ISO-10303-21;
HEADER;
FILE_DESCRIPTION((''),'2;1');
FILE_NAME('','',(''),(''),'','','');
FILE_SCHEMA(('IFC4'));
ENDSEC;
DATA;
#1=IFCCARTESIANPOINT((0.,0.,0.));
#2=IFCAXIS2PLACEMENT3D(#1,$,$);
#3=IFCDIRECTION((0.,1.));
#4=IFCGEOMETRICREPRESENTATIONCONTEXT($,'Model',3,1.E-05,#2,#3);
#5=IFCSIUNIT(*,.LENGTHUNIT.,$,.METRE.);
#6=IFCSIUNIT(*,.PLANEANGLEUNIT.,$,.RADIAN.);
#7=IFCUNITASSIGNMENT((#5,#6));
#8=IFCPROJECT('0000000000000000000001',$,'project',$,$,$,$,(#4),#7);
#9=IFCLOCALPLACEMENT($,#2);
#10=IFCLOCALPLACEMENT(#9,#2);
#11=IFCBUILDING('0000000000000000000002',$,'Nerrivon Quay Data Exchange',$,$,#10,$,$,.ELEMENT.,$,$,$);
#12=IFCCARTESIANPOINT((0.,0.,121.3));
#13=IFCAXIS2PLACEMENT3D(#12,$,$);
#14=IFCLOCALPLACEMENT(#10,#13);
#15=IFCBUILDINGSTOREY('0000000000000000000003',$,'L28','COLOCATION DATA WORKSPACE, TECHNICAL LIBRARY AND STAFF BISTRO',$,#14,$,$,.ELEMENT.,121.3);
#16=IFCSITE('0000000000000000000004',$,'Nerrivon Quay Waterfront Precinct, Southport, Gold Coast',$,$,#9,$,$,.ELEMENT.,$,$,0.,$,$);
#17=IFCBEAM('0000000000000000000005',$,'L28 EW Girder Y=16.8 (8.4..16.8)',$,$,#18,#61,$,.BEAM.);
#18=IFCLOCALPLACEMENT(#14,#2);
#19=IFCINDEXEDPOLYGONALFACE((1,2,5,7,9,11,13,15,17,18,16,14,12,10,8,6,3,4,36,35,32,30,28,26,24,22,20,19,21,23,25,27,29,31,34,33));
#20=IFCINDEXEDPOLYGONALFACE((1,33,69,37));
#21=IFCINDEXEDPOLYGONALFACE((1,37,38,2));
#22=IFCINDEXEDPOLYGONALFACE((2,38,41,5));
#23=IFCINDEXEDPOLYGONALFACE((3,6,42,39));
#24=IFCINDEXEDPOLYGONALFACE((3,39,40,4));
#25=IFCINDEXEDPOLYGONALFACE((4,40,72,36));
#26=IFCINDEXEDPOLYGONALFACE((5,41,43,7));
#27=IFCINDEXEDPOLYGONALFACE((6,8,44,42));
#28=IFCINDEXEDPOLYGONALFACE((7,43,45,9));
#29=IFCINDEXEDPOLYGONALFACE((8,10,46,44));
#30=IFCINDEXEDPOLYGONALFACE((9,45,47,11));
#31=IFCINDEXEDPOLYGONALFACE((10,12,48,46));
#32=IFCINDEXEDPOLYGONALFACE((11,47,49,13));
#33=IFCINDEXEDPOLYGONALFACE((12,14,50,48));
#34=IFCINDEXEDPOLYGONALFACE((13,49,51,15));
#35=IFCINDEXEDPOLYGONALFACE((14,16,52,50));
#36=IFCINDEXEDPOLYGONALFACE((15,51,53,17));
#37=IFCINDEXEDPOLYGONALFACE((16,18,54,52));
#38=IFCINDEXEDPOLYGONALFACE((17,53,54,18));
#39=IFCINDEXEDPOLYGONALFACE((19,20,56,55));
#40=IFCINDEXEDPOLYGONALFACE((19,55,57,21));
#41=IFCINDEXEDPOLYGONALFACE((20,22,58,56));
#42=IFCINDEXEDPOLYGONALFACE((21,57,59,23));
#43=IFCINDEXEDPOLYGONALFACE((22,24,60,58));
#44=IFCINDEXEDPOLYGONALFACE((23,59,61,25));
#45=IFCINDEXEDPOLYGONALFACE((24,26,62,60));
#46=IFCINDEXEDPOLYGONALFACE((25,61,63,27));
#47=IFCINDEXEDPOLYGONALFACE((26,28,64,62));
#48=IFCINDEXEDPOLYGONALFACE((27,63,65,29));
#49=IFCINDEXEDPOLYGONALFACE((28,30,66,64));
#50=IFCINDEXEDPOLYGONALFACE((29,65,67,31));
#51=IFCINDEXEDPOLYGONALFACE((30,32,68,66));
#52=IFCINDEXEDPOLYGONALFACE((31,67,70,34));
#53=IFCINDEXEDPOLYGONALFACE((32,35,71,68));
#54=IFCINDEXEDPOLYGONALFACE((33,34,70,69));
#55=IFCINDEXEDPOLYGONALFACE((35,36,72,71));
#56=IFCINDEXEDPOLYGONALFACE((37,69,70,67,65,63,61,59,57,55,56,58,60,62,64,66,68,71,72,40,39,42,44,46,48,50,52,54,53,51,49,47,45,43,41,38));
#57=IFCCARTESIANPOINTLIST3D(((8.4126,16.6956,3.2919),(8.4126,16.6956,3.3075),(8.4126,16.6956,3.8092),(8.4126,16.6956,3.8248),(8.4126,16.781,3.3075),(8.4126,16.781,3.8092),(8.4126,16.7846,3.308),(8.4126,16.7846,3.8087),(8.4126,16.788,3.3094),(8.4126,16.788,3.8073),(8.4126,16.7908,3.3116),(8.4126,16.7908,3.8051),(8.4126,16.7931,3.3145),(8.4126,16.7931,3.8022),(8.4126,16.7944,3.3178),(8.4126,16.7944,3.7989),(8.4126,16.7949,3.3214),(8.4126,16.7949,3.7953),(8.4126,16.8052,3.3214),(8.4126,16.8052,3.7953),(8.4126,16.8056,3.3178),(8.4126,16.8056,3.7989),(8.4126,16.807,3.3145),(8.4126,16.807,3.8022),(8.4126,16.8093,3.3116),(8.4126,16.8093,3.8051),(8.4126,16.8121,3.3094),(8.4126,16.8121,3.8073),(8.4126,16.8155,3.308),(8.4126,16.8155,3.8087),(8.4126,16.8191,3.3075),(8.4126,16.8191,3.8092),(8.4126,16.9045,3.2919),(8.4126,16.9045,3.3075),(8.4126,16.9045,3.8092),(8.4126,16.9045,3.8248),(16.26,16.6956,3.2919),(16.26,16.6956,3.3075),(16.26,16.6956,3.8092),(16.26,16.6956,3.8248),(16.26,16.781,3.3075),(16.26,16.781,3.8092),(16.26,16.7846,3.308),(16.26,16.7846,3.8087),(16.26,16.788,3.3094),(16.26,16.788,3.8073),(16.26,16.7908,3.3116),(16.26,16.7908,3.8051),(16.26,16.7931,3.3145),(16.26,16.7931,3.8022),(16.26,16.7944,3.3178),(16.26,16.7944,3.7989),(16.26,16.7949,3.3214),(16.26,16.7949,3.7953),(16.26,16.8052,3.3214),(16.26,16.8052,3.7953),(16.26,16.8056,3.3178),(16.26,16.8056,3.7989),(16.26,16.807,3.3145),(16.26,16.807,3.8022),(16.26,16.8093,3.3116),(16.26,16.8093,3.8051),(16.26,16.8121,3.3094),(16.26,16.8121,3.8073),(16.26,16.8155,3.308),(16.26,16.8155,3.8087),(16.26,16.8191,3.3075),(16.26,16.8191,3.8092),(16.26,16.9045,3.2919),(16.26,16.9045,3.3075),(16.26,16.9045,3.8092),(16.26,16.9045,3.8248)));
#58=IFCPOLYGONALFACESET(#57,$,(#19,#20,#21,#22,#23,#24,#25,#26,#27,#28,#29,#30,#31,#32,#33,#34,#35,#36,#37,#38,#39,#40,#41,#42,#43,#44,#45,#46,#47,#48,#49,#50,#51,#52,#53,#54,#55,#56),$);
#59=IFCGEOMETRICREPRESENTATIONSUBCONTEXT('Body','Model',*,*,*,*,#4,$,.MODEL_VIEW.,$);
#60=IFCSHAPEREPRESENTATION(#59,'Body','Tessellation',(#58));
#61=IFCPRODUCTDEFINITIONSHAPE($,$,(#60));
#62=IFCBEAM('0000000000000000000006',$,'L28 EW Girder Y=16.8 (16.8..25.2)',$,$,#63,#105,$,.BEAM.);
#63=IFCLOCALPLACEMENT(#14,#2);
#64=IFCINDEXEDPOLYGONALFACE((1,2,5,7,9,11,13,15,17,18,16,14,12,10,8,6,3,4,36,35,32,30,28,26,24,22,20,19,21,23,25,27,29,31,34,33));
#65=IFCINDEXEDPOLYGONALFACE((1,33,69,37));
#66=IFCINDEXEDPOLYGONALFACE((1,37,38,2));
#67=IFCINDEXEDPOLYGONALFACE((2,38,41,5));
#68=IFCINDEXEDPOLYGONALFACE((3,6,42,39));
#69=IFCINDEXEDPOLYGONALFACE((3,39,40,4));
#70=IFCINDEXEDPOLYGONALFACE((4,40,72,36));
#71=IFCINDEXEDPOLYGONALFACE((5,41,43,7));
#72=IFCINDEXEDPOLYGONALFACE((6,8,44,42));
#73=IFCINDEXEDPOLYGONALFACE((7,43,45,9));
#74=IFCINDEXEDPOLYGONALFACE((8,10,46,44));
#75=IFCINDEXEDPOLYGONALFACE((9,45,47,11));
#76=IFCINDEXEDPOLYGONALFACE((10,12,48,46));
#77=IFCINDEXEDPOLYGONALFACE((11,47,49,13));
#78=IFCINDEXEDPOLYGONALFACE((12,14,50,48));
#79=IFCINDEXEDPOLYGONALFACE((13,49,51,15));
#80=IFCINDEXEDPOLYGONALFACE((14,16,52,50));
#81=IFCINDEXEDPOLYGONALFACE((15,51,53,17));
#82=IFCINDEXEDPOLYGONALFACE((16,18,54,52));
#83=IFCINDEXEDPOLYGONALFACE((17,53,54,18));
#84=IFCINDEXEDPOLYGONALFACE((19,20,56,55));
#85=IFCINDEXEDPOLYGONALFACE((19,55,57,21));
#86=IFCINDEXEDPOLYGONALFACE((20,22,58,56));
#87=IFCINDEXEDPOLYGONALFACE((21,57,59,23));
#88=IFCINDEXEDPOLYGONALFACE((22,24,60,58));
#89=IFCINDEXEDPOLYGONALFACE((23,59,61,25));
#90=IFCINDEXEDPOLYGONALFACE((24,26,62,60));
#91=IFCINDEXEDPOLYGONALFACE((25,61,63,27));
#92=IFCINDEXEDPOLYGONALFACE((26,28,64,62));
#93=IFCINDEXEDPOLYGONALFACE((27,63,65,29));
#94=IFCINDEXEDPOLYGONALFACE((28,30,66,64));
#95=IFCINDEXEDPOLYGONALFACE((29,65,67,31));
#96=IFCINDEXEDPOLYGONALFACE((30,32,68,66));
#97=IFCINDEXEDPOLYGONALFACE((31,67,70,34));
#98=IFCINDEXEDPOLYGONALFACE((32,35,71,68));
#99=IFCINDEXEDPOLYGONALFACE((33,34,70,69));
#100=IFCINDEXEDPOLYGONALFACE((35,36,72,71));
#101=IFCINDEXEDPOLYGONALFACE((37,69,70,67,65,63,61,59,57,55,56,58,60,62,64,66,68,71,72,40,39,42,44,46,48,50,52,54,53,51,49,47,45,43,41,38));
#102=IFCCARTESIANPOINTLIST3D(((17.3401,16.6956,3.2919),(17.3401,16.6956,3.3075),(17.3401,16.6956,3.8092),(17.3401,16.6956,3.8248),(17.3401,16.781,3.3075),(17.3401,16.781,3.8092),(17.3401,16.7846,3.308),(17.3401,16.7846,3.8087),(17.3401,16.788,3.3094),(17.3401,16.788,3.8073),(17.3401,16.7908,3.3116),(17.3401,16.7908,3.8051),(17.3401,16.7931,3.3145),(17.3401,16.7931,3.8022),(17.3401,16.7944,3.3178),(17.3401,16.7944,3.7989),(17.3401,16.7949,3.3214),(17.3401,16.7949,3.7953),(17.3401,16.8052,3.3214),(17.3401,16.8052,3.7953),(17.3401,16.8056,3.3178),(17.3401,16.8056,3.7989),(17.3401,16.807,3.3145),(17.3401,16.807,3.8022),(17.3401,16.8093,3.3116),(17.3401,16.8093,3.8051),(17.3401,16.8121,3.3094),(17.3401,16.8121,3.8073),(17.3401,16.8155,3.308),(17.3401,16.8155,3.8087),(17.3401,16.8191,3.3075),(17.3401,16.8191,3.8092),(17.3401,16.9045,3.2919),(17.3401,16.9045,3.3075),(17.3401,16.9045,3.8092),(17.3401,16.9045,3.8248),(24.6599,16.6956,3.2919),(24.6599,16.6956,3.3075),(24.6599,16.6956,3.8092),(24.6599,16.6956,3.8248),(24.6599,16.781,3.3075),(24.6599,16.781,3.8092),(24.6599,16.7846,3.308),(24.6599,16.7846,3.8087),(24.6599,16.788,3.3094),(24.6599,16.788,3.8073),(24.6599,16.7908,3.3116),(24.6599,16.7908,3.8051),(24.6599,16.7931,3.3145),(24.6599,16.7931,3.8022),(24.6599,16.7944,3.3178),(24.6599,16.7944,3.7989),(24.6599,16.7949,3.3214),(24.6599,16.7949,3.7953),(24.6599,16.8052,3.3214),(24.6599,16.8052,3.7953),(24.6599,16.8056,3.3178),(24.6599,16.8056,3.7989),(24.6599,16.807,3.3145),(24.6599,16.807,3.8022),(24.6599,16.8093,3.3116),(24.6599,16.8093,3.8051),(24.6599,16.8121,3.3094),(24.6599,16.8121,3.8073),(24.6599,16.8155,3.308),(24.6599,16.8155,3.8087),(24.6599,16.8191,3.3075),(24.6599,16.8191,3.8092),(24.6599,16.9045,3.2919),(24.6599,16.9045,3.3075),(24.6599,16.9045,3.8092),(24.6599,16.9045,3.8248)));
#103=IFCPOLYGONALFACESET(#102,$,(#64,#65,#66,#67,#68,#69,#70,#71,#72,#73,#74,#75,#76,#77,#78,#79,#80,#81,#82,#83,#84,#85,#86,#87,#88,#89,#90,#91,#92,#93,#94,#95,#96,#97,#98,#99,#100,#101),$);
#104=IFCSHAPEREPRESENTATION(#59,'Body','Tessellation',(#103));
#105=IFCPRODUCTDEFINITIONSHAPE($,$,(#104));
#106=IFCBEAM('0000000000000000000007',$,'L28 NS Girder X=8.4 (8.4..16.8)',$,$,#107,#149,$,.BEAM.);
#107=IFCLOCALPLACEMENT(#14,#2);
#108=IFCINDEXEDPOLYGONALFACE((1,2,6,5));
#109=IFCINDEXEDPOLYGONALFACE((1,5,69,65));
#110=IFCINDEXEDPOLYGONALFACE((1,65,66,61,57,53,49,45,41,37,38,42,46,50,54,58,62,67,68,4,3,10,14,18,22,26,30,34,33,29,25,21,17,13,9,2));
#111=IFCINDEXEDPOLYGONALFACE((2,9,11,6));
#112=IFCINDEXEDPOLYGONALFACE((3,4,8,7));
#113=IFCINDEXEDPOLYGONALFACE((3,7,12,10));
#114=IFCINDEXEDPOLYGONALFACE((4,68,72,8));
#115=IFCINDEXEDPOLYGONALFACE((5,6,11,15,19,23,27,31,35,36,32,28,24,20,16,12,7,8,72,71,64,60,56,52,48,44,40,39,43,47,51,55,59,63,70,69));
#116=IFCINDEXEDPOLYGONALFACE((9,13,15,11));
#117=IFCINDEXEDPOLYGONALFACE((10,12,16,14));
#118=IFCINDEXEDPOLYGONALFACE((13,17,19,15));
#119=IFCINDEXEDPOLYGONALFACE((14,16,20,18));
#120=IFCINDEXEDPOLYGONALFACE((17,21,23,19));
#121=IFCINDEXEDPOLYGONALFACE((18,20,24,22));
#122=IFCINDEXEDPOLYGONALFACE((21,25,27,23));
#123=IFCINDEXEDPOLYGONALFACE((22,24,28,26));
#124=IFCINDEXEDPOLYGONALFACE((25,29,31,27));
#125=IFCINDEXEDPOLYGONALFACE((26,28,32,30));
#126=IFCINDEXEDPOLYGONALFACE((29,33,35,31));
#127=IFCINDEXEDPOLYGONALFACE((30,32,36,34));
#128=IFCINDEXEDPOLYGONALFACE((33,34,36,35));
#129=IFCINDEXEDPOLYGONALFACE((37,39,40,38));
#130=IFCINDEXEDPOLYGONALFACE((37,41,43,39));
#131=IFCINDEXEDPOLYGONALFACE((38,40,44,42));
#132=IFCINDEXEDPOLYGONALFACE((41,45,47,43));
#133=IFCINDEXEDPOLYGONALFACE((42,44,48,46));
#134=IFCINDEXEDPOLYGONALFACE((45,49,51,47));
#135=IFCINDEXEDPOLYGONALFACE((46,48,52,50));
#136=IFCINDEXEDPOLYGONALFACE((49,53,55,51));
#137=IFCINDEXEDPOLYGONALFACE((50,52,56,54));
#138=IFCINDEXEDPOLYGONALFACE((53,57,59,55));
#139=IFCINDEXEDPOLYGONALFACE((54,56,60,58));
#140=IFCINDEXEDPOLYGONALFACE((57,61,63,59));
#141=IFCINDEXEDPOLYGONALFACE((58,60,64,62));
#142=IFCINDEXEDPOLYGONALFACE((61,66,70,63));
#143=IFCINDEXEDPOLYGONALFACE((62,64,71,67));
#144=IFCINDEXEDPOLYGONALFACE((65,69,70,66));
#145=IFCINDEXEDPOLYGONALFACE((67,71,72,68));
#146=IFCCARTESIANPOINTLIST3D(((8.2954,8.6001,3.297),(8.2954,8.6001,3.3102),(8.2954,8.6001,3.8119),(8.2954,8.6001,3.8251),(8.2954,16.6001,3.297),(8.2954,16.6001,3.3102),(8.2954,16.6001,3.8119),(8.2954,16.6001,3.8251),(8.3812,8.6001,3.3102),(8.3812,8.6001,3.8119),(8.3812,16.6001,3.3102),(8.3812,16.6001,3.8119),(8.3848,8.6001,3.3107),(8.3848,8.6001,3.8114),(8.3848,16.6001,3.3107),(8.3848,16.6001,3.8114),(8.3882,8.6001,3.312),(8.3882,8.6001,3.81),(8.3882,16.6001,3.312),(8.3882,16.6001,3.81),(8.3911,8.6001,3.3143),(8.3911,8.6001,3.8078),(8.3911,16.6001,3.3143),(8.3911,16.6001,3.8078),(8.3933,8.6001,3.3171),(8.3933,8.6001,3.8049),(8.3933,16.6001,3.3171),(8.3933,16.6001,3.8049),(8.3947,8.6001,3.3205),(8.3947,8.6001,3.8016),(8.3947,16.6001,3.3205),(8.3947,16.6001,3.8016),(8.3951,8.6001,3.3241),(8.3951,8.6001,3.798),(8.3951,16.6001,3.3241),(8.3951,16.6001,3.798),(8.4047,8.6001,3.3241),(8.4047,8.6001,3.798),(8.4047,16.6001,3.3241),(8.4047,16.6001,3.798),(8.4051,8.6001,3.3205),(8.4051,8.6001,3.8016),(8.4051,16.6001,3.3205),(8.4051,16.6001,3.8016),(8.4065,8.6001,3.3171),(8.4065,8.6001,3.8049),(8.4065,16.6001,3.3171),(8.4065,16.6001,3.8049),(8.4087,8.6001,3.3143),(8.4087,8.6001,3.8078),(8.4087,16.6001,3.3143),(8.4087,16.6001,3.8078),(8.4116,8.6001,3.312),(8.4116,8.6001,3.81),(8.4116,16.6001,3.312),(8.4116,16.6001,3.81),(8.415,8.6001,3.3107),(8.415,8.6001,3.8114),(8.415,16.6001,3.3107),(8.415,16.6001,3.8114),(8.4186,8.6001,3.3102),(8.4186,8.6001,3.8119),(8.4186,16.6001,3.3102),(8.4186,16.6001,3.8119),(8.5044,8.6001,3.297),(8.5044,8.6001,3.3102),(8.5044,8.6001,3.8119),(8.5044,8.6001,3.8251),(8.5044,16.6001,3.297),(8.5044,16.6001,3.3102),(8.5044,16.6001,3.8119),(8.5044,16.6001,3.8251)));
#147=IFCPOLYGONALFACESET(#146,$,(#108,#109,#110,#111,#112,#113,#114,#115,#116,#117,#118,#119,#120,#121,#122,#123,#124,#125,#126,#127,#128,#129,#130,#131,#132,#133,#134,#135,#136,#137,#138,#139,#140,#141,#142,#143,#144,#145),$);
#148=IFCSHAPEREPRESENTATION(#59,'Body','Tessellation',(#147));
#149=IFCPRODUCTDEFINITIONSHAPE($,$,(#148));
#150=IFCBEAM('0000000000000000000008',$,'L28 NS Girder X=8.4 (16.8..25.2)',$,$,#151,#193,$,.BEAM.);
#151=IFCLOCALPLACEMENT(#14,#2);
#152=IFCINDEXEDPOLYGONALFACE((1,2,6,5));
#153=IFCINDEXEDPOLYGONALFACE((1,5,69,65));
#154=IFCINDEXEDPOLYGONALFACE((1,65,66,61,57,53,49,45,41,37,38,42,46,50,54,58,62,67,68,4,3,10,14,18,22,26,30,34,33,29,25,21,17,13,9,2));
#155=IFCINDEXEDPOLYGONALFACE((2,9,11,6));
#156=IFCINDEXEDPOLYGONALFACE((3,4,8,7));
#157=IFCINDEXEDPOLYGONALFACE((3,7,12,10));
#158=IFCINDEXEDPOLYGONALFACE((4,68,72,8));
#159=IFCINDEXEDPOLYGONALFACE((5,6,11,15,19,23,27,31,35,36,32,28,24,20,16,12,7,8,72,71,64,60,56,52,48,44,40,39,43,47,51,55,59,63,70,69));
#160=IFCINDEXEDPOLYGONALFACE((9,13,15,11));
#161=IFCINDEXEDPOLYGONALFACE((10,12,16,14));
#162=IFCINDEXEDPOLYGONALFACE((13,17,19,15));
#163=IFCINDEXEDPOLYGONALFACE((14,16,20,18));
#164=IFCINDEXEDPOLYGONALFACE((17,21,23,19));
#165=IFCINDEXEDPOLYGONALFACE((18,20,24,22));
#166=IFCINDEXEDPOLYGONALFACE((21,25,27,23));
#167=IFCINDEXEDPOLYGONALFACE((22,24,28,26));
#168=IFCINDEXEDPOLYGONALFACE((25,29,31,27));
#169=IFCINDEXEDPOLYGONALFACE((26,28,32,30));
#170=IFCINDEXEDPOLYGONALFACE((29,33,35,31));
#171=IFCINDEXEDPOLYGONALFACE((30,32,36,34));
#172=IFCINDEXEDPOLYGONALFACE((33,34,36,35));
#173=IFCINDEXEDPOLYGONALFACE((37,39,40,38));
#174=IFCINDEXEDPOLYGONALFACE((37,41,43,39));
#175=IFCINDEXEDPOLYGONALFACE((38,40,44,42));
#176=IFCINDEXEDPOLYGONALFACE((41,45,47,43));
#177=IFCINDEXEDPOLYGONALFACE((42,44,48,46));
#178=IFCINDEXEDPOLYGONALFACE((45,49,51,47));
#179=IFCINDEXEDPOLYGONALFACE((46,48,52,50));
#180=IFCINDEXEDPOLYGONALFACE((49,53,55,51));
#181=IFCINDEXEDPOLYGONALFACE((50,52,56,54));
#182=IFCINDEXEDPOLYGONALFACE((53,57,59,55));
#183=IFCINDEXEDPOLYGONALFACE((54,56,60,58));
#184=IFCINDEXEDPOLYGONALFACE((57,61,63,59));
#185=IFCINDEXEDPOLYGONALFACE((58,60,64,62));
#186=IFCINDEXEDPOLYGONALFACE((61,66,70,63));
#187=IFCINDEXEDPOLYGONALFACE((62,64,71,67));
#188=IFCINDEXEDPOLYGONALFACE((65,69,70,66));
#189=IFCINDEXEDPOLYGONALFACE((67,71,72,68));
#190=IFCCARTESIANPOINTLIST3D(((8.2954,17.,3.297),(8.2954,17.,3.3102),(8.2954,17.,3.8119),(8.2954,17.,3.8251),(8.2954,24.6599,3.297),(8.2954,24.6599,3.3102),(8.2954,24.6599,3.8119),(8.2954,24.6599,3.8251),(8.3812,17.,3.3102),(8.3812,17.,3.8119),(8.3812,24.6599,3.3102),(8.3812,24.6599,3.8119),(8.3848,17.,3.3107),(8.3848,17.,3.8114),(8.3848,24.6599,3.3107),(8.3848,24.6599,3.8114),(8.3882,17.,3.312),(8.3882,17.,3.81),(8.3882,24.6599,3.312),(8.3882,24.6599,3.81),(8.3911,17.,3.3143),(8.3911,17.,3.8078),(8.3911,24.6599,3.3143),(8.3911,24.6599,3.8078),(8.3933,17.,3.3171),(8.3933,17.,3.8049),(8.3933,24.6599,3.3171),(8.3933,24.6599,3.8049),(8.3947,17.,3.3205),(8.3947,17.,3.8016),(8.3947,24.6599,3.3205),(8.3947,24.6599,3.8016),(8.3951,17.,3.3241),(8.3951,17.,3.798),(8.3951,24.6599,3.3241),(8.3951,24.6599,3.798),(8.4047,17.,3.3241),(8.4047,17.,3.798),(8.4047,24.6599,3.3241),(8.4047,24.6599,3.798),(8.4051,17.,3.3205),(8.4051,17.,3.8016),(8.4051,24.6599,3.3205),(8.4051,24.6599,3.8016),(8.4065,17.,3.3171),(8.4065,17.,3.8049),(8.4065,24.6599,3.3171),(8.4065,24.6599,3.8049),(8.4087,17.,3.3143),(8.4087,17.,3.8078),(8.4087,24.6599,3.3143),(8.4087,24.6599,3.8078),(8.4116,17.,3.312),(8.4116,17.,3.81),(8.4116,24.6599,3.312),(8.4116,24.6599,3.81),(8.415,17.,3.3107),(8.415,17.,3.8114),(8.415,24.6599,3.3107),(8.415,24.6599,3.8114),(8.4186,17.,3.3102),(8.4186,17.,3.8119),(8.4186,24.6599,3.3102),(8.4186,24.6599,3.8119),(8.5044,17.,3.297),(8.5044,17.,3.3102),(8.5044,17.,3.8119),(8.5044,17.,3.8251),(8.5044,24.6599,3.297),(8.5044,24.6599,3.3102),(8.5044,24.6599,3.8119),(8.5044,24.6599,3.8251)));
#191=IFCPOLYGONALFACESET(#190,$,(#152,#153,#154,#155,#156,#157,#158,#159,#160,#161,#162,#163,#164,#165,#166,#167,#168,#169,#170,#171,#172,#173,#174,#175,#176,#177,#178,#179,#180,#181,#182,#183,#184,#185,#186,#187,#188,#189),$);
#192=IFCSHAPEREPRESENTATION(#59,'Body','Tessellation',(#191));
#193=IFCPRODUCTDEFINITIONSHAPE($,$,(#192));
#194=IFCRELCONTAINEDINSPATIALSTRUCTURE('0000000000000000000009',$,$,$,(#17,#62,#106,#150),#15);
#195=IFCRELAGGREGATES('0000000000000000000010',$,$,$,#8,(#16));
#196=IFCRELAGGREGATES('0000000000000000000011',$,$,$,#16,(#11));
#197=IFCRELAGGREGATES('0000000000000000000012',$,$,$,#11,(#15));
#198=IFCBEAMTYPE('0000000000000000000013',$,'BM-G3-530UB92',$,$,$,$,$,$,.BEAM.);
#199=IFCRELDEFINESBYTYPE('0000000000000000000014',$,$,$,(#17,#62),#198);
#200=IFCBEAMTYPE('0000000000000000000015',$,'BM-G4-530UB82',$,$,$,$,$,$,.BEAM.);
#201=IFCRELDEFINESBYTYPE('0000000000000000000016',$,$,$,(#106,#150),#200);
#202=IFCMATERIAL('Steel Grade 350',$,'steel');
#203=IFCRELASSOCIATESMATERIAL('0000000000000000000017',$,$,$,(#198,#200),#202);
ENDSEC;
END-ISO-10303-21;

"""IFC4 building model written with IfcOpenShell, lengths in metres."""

from ifc_helpers import new_model, si_unit, direction, frame, origin, origin_2d, place, context, subcontext, project, spatial, i_section, extrude, material, material_profile, profile_set, type_object, element, save


model = new_model("IFC4")

# Units and contexts
model_context = context("Model", 3, precision=1e-05, world=origin(), true_north=direction((0.0, 1.0)))
body_context = subcontext(model_context, "Body", "Model", "MODEL_VIEW")
ifc_project = project(units=[si_unit("LENGTHUNIT", "METRE"), si_unit("PLANEANGLEUNIT", "RADIAN")], contexts=[model_context])

# Site, building, storey
site_placement = place(None, origin())
site = spatial("IfcSite", under=ifc_project, at=site_placement, Name="Nerrivon Quay Waterfront Precinct, Southport, Gold Coast", CompositionType="ELEMENT", RefElevation=0.0)
building_placement = place(site_placement, origin())
building = spatial("IfcBuilding", under=site, at=building_placement, Name="Nerrivon Quay Data Exchange", CompositionType="ELEMENT")
storey_placement = place(building_placement, frame((0.0, 0.0, 121.3)))
storey = spatial("IfcBuildingStorey", under=building, at=storey_placement, Name="L28", Description="COLOCATION DATA WORKSPACE, TECHNICAL LIBRARY AND STAFF BISTRO", CompositionType="ELEMENT", Elevation=121.3)

# Shared definitions
ifc_material_1 = material(Name="Steel Grade 350", Category="steel")

# Beams
ifc_material_profile_1 = material_profile(ifc_material_1, i_section(OverallWidth=0.209, OverallDepth=0.533, WebThickness=0.0103, FlangeThickness=0.0156, FilletRadius=0.0139, at=origin_2d()), Name="530UB92.4")
ifc_profile_set_1 = profile_set([ifc_material_profile_1], Name="Steel Grade 350")
beam_type_1 = type_object("IfcBeamType", Name="BM-G3-530UB92", PredefinedType="BEAM", material=ifc_profile_set_1)
beam_1_placement = place(storey_placement, frame((8.4126, 16.8, 3.5583), z_axis=(1.0, 0.0, 0.0), x_axis=(0.0, 1.0, 0.0)))
element("IfcBeam", 1, at=beam_1_placement, inside=storey, type_object=beam_type_1, Name="L28 EW Girder Y=16.8 (8.4..16.8)", PredefinedType="BEAM", context=body_context, shape_type="SweptSolid", body=[
    extrude(i_section(OverallWidth=0.209, OverallDepth=0.533, WebThickness=0.0103, FlangeThickness=0.0156, FilletRadius=0.0139, at=origin_2d()), origin(), (0.0, 0.0, 1.0), 7.8474),
])
beam_2_placement = place(storey_placement, frame((17.3401, 16.8, 3.5583), z_axis=(1.0, 0.0, 0.0), x_axis=(0.0, 1.0, 0.0)))
element("IfcBeam", 2, at=beam_2_placement, inside=storey, type_object=beam_type_1, Name="L28 EW Girder Y=16.8 (16.8..25.2)", PredefinedType="BEAM", context=body_context, shape_type="SweptSolid", body=[
    extrude(i_section(OverallWidth=0.209, OverallDepth=0.533, WebThickness=0.0103, FlangeThickness=0.0156, FilletRadius=0.0139, at=origin_2d()), origin(), (0.0, 0.0, 1.0), 7.3198),
])
ifc_material_profile_2 = material_profile(ifc_material_1, i_section(OverallWidth=0.209, OverallDepth=0.5281, WebThickness=0.0095, FlangeThickness=0.0132, FilletRadius=0.0139, at=origin_2d()), Name="530UB82.0")
ifc_profile_set_2 = profile_set([ifc_material_profile_2], Name="Steel Grade 350")
beam_type_2 = type_object("IfcBeamType", Name="BM-G4-530UB82", PredefinedType="BEAM", material=ifc_profile_set_2)
beam_3_placement = place(storey_placement, frame((8.3999, 8.6001, 3.561), z_axis=(0.0, 1.0, 0.0), x_axis=(-1.0, 0.0, 0.0)))
element("IfcBeam", 3, at=beam_3_placement, inside=storey, type_object=beam_type_2, Name="L28 NS Girder X=8.4 (8.4..16.8)", PredefinedType="BEAM", context=body_context, shape_type="SweptSolid", body=[
    extrude(i_section(OverallWidth=0.209, OverallDepth=0.5281, WebThickness=0.0095, FlangeThickness=0.0132, FilletRadius=0.0139, at=origin_2d()), origin(), (0.0, 0.0, 1.0), 8.0),
])
beam_4_placement = place(storey_placement, frame((8.3999, 17.0, 3.561), z_axis=(0.0, 1.0, 0.0), x_axis=(-1.0, 0.0, 0.0)))
element("IfcBeam", 4, at=beam_4_placement, inside=storey, type_object=beam_type_2, Name="L28 NS Girder X=8.4 (16.8..25.2)", PredefinedType="BEAM", context=body_context, shape_type="SweptSolid", body=[
    extrude(i_section(OverallWidth=0.209, OverallDepth=0.5281, WebThickness=0.0095, FlangeThickness=0.0132, FilletRadius=0.0139, at=origin_2d()), origin(), (0.0, 0.0, 1.0), 7.6599),
])

save(model, "model.ifc")
